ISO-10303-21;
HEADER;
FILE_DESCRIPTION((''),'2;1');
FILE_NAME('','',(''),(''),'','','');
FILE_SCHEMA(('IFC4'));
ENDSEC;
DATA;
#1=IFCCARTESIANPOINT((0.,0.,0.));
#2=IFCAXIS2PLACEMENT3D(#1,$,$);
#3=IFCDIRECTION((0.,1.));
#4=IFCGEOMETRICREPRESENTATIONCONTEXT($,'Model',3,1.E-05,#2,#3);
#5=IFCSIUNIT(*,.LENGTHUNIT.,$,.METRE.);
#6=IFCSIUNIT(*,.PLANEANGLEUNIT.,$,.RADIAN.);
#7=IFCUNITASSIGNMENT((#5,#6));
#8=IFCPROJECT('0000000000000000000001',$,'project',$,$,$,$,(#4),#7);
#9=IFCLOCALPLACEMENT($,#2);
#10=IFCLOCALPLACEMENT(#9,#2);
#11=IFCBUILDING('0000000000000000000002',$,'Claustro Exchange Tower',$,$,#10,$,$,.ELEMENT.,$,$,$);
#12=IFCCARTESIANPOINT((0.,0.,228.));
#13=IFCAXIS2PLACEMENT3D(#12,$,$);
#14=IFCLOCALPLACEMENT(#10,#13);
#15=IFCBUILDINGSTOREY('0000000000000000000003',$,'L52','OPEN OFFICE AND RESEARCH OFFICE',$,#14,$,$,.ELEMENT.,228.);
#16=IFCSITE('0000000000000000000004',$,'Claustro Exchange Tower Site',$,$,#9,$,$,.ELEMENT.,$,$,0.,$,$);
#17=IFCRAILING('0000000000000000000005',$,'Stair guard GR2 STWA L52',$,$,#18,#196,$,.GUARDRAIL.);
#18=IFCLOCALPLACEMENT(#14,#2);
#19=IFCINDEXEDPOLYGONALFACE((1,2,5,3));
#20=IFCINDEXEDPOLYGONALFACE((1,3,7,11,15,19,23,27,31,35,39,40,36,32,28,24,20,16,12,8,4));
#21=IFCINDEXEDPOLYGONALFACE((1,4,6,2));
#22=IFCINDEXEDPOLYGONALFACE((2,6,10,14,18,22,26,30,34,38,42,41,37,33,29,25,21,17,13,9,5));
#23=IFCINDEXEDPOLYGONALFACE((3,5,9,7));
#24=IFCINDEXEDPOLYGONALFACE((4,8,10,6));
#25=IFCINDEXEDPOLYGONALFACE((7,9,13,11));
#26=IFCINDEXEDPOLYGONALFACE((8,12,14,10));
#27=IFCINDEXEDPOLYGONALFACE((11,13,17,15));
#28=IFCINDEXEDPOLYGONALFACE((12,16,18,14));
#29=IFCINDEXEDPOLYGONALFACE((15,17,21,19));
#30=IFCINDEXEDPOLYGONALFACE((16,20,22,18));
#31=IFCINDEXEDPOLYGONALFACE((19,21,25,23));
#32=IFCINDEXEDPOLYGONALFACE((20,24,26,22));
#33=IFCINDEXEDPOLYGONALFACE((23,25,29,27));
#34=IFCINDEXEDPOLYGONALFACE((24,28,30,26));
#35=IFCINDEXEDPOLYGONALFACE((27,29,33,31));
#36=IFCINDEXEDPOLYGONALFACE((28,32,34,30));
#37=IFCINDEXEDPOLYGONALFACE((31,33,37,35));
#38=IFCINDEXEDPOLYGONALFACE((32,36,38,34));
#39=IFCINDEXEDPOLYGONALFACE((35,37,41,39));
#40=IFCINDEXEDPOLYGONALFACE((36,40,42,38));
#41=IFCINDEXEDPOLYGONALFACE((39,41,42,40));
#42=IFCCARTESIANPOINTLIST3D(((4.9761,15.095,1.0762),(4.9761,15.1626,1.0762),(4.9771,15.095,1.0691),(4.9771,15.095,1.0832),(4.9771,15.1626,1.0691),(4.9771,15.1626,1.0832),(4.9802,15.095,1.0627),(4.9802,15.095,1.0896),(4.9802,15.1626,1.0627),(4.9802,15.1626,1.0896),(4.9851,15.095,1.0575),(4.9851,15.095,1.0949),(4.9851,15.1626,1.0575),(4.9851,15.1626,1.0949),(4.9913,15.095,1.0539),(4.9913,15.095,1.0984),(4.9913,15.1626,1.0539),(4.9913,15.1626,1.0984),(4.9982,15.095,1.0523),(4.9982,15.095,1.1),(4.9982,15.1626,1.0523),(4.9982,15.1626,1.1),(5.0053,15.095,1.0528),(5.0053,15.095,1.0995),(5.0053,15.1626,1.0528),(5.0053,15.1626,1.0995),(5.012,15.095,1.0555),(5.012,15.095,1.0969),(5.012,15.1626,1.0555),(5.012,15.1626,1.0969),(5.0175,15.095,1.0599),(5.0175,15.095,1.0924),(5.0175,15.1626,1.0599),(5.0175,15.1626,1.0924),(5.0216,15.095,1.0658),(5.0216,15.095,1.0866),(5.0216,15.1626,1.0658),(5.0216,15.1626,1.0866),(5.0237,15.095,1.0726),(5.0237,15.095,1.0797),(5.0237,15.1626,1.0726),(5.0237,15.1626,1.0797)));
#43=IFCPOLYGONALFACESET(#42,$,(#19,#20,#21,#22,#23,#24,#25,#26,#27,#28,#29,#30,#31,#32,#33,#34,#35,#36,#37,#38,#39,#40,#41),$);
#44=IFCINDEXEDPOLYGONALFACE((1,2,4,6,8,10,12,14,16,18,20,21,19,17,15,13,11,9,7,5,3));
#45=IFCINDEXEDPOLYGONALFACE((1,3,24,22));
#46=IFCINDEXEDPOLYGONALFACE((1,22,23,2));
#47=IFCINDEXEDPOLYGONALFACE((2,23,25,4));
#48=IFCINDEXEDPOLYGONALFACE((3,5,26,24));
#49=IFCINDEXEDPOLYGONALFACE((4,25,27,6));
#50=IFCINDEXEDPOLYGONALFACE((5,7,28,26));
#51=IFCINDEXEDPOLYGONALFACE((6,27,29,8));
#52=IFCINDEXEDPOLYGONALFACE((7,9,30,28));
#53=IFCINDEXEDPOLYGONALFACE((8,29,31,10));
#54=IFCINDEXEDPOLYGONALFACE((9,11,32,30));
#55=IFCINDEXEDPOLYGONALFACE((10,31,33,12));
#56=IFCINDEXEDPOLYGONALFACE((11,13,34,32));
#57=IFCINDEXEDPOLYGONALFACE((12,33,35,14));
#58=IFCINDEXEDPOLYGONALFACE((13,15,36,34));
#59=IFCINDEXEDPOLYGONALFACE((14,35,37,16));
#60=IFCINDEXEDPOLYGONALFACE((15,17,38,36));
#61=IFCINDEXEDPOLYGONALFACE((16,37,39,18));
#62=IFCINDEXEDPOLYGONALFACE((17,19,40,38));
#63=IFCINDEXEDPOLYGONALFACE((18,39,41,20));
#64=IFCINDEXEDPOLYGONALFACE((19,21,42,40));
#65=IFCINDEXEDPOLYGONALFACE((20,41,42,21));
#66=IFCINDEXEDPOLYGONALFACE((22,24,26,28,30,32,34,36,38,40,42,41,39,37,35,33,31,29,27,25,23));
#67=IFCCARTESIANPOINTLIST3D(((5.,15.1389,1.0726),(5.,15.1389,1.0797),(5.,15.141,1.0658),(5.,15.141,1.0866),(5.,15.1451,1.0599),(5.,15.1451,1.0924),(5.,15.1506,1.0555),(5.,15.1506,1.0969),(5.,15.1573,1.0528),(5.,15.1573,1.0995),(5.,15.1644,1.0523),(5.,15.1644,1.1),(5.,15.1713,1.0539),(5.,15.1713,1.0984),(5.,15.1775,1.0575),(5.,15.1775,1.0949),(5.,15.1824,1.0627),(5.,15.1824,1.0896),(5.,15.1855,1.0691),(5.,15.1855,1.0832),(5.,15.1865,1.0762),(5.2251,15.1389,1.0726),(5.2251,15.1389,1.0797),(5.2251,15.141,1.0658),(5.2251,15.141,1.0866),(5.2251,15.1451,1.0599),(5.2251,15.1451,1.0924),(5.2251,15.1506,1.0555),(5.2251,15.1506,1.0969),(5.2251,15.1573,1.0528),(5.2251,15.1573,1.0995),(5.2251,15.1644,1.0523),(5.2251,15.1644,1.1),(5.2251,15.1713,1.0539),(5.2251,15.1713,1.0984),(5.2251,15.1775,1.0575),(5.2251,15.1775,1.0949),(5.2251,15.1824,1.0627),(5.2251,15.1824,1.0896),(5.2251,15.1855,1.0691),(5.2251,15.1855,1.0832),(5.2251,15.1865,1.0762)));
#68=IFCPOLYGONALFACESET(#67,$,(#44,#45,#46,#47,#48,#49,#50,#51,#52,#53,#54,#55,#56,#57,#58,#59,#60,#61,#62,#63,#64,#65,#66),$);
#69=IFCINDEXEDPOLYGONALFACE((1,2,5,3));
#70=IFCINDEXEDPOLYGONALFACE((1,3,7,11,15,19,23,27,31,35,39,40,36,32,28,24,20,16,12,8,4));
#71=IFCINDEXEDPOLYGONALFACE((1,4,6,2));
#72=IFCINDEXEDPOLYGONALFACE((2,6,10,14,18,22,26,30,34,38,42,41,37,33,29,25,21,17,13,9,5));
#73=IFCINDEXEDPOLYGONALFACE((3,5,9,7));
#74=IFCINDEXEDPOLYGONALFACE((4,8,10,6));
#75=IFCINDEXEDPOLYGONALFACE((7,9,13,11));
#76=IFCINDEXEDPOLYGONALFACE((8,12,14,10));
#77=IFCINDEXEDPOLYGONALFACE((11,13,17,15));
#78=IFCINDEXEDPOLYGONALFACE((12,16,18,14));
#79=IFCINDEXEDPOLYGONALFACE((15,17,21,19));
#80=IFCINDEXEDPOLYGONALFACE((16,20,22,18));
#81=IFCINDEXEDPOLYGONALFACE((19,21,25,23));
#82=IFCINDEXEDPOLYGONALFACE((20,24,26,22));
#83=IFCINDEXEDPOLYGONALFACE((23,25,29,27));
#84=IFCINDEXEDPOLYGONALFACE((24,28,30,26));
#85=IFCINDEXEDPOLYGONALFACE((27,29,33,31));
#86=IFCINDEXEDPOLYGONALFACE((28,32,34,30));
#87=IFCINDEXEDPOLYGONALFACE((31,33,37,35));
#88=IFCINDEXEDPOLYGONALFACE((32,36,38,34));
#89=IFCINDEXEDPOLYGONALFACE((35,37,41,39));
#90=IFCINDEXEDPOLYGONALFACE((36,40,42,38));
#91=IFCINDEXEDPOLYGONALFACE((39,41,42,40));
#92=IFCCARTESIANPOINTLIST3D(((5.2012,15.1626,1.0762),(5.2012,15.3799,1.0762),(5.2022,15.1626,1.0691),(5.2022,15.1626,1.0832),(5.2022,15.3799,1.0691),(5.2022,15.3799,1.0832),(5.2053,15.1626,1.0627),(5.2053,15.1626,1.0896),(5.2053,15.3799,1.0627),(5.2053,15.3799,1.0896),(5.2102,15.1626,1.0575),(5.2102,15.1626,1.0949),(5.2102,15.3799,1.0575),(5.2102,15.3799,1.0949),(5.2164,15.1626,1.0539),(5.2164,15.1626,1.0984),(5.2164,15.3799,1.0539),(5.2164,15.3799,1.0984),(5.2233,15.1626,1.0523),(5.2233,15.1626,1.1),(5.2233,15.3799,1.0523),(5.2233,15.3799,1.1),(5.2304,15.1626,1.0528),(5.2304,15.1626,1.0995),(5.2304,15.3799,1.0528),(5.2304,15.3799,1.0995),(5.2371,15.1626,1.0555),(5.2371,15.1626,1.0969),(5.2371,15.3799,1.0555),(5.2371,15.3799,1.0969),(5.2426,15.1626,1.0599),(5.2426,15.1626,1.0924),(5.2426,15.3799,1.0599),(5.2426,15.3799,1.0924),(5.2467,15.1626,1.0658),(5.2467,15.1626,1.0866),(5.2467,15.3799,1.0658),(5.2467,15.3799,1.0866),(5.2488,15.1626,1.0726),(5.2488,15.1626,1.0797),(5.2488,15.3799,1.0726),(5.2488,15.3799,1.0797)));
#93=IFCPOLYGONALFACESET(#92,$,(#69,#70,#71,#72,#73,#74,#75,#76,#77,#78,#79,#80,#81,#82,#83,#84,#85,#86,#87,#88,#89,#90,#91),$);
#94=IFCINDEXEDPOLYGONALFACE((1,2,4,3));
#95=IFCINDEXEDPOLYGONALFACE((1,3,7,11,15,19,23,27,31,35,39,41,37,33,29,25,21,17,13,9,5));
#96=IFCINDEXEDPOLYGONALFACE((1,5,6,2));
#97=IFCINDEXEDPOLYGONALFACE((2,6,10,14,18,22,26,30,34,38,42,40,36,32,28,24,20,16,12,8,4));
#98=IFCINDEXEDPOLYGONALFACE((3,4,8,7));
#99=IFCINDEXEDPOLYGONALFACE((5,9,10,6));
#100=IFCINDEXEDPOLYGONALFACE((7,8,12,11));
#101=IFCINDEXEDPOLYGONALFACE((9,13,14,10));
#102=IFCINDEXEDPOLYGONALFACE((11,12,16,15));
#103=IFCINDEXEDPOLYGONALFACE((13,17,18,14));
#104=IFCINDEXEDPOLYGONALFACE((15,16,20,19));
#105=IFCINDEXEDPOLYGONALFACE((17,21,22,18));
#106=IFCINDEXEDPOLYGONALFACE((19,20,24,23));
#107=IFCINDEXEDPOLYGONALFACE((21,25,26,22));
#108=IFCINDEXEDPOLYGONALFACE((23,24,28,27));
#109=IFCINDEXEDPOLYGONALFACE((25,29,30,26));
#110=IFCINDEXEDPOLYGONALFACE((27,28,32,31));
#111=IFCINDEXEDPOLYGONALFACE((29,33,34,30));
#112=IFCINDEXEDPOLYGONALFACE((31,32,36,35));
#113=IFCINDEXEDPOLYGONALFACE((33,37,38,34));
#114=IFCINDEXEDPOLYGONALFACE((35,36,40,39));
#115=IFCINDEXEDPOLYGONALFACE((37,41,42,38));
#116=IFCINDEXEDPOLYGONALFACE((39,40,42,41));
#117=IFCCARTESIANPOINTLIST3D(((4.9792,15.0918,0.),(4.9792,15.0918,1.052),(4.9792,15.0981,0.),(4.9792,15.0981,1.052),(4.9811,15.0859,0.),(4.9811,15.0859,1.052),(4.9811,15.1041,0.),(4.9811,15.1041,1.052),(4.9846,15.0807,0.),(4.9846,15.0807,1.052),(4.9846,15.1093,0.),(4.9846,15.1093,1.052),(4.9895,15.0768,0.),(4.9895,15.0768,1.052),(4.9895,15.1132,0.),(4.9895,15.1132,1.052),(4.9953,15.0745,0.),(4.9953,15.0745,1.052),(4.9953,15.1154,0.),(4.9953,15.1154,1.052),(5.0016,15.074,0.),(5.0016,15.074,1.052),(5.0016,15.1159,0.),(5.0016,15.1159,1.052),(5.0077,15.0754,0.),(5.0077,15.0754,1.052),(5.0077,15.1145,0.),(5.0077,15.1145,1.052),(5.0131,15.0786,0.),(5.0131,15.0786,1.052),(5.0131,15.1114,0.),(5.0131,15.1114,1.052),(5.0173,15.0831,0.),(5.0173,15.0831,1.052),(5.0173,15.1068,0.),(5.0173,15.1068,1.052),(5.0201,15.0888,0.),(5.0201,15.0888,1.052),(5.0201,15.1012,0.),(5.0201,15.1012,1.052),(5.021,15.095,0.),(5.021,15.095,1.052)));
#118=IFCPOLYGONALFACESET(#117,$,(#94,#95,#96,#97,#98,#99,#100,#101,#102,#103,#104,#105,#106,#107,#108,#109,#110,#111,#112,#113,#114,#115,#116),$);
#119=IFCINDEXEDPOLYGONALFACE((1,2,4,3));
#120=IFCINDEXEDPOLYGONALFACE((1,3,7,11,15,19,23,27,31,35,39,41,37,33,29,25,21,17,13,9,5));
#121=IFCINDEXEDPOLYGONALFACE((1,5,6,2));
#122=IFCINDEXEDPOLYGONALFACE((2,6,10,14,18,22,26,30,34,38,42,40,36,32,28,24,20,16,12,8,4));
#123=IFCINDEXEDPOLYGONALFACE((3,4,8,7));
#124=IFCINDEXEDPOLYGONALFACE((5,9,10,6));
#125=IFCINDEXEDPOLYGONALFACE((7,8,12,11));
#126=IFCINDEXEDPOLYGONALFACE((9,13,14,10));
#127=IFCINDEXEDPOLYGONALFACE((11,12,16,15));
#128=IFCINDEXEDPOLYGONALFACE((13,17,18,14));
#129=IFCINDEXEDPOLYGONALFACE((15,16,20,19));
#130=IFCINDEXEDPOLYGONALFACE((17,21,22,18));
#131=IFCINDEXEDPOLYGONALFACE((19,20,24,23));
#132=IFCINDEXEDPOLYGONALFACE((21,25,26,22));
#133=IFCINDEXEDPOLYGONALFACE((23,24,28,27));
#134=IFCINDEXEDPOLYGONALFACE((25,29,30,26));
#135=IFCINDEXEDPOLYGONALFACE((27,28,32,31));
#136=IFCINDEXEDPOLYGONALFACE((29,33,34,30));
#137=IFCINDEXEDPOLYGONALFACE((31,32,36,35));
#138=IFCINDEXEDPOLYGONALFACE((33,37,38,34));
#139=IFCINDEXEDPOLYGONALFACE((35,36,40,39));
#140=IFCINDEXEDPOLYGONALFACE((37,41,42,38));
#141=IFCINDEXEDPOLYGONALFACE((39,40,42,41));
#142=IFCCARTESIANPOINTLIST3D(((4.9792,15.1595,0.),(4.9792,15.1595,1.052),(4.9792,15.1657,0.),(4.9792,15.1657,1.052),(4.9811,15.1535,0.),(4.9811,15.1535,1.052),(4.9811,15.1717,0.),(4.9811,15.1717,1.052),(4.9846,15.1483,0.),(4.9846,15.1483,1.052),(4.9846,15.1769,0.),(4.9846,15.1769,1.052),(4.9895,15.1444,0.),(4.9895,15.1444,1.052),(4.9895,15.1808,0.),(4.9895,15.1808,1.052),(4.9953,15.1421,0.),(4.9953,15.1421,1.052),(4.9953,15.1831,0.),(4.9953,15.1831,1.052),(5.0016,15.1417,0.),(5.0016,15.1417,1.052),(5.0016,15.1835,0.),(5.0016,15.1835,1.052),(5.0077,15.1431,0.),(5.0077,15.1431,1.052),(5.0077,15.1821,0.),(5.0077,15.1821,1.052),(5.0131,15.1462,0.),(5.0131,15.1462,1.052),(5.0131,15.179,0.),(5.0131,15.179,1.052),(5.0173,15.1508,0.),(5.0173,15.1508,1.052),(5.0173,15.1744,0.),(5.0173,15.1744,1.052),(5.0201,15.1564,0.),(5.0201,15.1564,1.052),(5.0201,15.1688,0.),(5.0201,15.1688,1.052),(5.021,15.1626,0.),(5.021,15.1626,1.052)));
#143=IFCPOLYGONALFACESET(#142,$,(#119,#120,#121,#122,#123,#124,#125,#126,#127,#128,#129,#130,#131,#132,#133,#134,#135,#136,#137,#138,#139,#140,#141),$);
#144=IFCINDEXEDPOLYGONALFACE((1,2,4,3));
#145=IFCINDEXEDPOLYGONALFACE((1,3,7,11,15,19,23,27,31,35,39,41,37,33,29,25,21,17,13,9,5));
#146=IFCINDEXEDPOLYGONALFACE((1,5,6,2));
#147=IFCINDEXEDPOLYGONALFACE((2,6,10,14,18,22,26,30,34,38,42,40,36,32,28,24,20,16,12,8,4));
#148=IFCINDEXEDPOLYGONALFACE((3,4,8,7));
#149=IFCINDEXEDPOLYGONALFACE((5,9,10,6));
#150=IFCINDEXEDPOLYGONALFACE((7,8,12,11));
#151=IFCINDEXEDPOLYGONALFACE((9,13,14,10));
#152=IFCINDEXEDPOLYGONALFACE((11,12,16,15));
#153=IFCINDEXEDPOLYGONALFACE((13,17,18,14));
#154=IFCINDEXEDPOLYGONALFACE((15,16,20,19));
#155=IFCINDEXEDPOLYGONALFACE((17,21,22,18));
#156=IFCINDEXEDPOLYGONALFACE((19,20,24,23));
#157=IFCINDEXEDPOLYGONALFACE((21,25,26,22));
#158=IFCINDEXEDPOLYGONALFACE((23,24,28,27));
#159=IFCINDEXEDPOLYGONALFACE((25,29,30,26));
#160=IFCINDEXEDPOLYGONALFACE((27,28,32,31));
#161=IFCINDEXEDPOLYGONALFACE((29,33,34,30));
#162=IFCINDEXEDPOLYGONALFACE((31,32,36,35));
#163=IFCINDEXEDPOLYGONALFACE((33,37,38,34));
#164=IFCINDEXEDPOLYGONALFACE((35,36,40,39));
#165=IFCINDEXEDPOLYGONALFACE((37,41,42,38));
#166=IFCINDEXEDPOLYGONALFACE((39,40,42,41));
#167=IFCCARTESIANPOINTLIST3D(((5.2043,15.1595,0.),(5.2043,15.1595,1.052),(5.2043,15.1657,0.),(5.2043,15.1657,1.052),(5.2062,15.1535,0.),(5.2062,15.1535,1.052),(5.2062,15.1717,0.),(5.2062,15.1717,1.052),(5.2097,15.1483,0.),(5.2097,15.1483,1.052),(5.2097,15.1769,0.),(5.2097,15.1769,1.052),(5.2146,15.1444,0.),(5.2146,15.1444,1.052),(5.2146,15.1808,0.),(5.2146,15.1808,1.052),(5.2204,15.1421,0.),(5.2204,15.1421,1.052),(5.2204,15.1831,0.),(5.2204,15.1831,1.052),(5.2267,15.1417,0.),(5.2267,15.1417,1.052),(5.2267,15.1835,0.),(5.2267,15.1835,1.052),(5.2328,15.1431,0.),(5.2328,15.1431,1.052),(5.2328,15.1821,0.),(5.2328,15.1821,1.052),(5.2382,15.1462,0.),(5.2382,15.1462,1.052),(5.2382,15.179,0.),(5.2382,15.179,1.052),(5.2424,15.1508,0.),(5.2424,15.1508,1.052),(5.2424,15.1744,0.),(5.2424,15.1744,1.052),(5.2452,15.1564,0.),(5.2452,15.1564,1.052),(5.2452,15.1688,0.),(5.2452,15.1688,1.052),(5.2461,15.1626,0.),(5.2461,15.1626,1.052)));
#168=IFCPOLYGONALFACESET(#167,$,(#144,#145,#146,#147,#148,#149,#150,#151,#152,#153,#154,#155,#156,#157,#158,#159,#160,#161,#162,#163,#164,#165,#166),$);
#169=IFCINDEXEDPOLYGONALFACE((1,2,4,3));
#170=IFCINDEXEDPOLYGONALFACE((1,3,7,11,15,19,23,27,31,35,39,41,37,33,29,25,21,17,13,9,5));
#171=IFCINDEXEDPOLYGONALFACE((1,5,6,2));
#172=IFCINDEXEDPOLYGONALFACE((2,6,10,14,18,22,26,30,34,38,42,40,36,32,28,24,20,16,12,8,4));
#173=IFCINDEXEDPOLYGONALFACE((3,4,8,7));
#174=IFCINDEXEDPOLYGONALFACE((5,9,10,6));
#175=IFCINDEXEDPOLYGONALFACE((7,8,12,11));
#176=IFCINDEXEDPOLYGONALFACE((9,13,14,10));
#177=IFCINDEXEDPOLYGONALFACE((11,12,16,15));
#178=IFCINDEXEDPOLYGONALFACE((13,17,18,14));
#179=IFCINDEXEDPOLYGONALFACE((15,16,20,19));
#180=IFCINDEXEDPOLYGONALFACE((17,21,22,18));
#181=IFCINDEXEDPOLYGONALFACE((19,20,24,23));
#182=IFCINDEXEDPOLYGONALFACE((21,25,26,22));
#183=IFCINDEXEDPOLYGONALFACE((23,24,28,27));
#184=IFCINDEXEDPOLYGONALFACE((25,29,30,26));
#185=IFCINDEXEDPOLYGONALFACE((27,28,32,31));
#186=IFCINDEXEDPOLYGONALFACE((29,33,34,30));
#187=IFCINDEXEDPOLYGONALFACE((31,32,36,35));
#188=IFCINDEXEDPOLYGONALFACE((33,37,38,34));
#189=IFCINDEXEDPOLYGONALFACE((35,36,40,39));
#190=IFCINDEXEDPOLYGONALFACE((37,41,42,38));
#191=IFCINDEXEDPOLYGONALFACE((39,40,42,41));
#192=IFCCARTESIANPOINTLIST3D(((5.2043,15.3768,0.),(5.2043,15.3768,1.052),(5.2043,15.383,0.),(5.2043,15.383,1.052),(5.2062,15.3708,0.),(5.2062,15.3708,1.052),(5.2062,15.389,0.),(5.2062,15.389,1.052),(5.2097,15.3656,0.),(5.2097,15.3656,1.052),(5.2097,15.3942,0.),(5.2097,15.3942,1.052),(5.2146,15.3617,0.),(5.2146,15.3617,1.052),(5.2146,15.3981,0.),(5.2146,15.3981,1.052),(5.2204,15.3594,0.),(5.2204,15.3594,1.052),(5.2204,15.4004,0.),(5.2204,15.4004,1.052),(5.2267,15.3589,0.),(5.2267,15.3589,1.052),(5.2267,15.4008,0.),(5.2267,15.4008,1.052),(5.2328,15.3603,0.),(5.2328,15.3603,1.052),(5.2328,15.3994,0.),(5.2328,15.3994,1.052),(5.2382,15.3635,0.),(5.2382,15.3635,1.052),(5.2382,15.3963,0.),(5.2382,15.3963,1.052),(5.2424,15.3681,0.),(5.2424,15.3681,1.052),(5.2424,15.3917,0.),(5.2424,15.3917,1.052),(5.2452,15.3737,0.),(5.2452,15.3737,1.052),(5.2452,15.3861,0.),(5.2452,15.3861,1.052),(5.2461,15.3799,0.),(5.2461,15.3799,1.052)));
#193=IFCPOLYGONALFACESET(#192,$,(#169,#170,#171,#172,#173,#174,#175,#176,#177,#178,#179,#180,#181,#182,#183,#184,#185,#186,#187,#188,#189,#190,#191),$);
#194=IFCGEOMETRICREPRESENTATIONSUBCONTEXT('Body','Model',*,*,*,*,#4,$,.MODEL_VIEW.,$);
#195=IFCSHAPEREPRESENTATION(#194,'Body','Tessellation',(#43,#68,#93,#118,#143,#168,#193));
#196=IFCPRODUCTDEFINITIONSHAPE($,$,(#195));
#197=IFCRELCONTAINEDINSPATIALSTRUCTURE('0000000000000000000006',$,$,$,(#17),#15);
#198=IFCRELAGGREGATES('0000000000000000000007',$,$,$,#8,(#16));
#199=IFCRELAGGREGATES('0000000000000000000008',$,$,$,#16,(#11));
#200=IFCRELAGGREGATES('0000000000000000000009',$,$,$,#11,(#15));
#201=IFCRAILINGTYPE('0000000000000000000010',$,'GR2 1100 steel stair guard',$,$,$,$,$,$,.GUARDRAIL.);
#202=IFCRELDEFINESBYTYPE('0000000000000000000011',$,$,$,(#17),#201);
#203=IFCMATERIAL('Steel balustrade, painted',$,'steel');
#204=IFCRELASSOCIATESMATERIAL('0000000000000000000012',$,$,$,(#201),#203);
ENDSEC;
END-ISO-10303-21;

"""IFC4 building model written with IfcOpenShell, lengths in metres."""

from ifc_helpers import new_model, si_unit, direction, frame, origin, origin_2d, place, context, subcontext, project, spatial, circle, extrude, material, type_object, element, save


model = new_model("IFC4")

# Units and contexts
model_context = context("Model", 3, precision=1e-05, world=origin(), true_north=direction((0.0, 1.0)))
body_context = subcontext(model_context, "Body", "Model", "MODEL_VIEW")
ifc_project = project(units=[si_unit("LENGTHUNIT", "METRE"), si_unit("PLANEANGLEUNIT", "RADIAN")], contexts=[model_context])

# Site, building, storey
site_placement = place(None, origin())
site = spatial("IfcSite", under=ifc_project, at=site_placement, Name="Claustro Exchange Tower Site", CompositionType="ELEMENT", RefElevation=0.0)
building_placement = place(site_placement, origin())
building = spatial("IfcBuilding", under=site, at=building_placement, Name="Claustro Exchange Tower", CompositionType="ELEMENT")
storey_placement = place(building_placement, frame((0.0, 0.0, 228.0)))
storey = spatial("IfcBuildingStorey", under=building, at=storey_placement, Name="L52", Description="OPEN OFFICE AND RESEARCH OFFICE", CompositionType="ELEMENT", Elevation=228.0)

# Railing
ifc_material_1 = material(Name="Steel balustrade, painted", Category="steel")
railing_type_1 = type_object("IfcRailingType", Name="GR2 1100 steel stair guard", PredefinedType="GUARDRAIL", material=ifc_material_1)
railing_1_placement = place(storey_placement, frame((5.0, 15.095, 0.0)))
element("IfcRailing", 1, at=railing_1_placement, inside=storey, type_object=railing_type_1, Name="Stair guard GR2 STWA L52", PredefinedType="GUARDRAIL", context=body_context, shape_type="SweptSolid", body=[
    extrude(circle(Radius=0.0239, at=origin_2d()), frame((0.0, 0.0, 1.0762), z_axis=(0.0, 1.0, 0.0), x_axis=(-1.0, 0.0, 0.0)), (0.0, 0.0, 1.0), 0.0676),
    extrude(circle(Radius=0.0239, at=origin_2d()), frame((0.0, 0.0676, 1.0762), z_axis=(1.0, 0.0, 0.0), x_axis=(0.0, 1.0, 0.0)), (0.0, 0.0, 1.0), 0.2251),
    extrude(circle(Radius=0.0239, at=origin_2d()), frame((0.2251, 0.0676, 1.0762), z_axis=(0.0, 1.0, 0.0), x_axis=(-1.0, 0.0, 0.0)), (0.0, 0.0, 1.0), 0.2173),
    extrude(circle(Radius=0.021, at=origin_2d()), origin(), (0.0, 0.0, 1.0), 1.052),
    extrude(circle(Radius=0.021, at=origin_2d()), frame((0.0, 0.0676, 0.0)), (0.0, 0.0, 1.0), 1.052),
    extrude(circle(Radius=0.021, at=origin_2d()), frame((0.2251, 0.0676, 0.0)), (0.0, 0.0, 1.0), 1.052),
    extrude(circle(Radius=0.021, at=origin_2d()), frame((0.2251, 0.2849, 0.0)), (0.0, 0.0, 1.0), 1.052),
])

save(model, "model.ifc")
